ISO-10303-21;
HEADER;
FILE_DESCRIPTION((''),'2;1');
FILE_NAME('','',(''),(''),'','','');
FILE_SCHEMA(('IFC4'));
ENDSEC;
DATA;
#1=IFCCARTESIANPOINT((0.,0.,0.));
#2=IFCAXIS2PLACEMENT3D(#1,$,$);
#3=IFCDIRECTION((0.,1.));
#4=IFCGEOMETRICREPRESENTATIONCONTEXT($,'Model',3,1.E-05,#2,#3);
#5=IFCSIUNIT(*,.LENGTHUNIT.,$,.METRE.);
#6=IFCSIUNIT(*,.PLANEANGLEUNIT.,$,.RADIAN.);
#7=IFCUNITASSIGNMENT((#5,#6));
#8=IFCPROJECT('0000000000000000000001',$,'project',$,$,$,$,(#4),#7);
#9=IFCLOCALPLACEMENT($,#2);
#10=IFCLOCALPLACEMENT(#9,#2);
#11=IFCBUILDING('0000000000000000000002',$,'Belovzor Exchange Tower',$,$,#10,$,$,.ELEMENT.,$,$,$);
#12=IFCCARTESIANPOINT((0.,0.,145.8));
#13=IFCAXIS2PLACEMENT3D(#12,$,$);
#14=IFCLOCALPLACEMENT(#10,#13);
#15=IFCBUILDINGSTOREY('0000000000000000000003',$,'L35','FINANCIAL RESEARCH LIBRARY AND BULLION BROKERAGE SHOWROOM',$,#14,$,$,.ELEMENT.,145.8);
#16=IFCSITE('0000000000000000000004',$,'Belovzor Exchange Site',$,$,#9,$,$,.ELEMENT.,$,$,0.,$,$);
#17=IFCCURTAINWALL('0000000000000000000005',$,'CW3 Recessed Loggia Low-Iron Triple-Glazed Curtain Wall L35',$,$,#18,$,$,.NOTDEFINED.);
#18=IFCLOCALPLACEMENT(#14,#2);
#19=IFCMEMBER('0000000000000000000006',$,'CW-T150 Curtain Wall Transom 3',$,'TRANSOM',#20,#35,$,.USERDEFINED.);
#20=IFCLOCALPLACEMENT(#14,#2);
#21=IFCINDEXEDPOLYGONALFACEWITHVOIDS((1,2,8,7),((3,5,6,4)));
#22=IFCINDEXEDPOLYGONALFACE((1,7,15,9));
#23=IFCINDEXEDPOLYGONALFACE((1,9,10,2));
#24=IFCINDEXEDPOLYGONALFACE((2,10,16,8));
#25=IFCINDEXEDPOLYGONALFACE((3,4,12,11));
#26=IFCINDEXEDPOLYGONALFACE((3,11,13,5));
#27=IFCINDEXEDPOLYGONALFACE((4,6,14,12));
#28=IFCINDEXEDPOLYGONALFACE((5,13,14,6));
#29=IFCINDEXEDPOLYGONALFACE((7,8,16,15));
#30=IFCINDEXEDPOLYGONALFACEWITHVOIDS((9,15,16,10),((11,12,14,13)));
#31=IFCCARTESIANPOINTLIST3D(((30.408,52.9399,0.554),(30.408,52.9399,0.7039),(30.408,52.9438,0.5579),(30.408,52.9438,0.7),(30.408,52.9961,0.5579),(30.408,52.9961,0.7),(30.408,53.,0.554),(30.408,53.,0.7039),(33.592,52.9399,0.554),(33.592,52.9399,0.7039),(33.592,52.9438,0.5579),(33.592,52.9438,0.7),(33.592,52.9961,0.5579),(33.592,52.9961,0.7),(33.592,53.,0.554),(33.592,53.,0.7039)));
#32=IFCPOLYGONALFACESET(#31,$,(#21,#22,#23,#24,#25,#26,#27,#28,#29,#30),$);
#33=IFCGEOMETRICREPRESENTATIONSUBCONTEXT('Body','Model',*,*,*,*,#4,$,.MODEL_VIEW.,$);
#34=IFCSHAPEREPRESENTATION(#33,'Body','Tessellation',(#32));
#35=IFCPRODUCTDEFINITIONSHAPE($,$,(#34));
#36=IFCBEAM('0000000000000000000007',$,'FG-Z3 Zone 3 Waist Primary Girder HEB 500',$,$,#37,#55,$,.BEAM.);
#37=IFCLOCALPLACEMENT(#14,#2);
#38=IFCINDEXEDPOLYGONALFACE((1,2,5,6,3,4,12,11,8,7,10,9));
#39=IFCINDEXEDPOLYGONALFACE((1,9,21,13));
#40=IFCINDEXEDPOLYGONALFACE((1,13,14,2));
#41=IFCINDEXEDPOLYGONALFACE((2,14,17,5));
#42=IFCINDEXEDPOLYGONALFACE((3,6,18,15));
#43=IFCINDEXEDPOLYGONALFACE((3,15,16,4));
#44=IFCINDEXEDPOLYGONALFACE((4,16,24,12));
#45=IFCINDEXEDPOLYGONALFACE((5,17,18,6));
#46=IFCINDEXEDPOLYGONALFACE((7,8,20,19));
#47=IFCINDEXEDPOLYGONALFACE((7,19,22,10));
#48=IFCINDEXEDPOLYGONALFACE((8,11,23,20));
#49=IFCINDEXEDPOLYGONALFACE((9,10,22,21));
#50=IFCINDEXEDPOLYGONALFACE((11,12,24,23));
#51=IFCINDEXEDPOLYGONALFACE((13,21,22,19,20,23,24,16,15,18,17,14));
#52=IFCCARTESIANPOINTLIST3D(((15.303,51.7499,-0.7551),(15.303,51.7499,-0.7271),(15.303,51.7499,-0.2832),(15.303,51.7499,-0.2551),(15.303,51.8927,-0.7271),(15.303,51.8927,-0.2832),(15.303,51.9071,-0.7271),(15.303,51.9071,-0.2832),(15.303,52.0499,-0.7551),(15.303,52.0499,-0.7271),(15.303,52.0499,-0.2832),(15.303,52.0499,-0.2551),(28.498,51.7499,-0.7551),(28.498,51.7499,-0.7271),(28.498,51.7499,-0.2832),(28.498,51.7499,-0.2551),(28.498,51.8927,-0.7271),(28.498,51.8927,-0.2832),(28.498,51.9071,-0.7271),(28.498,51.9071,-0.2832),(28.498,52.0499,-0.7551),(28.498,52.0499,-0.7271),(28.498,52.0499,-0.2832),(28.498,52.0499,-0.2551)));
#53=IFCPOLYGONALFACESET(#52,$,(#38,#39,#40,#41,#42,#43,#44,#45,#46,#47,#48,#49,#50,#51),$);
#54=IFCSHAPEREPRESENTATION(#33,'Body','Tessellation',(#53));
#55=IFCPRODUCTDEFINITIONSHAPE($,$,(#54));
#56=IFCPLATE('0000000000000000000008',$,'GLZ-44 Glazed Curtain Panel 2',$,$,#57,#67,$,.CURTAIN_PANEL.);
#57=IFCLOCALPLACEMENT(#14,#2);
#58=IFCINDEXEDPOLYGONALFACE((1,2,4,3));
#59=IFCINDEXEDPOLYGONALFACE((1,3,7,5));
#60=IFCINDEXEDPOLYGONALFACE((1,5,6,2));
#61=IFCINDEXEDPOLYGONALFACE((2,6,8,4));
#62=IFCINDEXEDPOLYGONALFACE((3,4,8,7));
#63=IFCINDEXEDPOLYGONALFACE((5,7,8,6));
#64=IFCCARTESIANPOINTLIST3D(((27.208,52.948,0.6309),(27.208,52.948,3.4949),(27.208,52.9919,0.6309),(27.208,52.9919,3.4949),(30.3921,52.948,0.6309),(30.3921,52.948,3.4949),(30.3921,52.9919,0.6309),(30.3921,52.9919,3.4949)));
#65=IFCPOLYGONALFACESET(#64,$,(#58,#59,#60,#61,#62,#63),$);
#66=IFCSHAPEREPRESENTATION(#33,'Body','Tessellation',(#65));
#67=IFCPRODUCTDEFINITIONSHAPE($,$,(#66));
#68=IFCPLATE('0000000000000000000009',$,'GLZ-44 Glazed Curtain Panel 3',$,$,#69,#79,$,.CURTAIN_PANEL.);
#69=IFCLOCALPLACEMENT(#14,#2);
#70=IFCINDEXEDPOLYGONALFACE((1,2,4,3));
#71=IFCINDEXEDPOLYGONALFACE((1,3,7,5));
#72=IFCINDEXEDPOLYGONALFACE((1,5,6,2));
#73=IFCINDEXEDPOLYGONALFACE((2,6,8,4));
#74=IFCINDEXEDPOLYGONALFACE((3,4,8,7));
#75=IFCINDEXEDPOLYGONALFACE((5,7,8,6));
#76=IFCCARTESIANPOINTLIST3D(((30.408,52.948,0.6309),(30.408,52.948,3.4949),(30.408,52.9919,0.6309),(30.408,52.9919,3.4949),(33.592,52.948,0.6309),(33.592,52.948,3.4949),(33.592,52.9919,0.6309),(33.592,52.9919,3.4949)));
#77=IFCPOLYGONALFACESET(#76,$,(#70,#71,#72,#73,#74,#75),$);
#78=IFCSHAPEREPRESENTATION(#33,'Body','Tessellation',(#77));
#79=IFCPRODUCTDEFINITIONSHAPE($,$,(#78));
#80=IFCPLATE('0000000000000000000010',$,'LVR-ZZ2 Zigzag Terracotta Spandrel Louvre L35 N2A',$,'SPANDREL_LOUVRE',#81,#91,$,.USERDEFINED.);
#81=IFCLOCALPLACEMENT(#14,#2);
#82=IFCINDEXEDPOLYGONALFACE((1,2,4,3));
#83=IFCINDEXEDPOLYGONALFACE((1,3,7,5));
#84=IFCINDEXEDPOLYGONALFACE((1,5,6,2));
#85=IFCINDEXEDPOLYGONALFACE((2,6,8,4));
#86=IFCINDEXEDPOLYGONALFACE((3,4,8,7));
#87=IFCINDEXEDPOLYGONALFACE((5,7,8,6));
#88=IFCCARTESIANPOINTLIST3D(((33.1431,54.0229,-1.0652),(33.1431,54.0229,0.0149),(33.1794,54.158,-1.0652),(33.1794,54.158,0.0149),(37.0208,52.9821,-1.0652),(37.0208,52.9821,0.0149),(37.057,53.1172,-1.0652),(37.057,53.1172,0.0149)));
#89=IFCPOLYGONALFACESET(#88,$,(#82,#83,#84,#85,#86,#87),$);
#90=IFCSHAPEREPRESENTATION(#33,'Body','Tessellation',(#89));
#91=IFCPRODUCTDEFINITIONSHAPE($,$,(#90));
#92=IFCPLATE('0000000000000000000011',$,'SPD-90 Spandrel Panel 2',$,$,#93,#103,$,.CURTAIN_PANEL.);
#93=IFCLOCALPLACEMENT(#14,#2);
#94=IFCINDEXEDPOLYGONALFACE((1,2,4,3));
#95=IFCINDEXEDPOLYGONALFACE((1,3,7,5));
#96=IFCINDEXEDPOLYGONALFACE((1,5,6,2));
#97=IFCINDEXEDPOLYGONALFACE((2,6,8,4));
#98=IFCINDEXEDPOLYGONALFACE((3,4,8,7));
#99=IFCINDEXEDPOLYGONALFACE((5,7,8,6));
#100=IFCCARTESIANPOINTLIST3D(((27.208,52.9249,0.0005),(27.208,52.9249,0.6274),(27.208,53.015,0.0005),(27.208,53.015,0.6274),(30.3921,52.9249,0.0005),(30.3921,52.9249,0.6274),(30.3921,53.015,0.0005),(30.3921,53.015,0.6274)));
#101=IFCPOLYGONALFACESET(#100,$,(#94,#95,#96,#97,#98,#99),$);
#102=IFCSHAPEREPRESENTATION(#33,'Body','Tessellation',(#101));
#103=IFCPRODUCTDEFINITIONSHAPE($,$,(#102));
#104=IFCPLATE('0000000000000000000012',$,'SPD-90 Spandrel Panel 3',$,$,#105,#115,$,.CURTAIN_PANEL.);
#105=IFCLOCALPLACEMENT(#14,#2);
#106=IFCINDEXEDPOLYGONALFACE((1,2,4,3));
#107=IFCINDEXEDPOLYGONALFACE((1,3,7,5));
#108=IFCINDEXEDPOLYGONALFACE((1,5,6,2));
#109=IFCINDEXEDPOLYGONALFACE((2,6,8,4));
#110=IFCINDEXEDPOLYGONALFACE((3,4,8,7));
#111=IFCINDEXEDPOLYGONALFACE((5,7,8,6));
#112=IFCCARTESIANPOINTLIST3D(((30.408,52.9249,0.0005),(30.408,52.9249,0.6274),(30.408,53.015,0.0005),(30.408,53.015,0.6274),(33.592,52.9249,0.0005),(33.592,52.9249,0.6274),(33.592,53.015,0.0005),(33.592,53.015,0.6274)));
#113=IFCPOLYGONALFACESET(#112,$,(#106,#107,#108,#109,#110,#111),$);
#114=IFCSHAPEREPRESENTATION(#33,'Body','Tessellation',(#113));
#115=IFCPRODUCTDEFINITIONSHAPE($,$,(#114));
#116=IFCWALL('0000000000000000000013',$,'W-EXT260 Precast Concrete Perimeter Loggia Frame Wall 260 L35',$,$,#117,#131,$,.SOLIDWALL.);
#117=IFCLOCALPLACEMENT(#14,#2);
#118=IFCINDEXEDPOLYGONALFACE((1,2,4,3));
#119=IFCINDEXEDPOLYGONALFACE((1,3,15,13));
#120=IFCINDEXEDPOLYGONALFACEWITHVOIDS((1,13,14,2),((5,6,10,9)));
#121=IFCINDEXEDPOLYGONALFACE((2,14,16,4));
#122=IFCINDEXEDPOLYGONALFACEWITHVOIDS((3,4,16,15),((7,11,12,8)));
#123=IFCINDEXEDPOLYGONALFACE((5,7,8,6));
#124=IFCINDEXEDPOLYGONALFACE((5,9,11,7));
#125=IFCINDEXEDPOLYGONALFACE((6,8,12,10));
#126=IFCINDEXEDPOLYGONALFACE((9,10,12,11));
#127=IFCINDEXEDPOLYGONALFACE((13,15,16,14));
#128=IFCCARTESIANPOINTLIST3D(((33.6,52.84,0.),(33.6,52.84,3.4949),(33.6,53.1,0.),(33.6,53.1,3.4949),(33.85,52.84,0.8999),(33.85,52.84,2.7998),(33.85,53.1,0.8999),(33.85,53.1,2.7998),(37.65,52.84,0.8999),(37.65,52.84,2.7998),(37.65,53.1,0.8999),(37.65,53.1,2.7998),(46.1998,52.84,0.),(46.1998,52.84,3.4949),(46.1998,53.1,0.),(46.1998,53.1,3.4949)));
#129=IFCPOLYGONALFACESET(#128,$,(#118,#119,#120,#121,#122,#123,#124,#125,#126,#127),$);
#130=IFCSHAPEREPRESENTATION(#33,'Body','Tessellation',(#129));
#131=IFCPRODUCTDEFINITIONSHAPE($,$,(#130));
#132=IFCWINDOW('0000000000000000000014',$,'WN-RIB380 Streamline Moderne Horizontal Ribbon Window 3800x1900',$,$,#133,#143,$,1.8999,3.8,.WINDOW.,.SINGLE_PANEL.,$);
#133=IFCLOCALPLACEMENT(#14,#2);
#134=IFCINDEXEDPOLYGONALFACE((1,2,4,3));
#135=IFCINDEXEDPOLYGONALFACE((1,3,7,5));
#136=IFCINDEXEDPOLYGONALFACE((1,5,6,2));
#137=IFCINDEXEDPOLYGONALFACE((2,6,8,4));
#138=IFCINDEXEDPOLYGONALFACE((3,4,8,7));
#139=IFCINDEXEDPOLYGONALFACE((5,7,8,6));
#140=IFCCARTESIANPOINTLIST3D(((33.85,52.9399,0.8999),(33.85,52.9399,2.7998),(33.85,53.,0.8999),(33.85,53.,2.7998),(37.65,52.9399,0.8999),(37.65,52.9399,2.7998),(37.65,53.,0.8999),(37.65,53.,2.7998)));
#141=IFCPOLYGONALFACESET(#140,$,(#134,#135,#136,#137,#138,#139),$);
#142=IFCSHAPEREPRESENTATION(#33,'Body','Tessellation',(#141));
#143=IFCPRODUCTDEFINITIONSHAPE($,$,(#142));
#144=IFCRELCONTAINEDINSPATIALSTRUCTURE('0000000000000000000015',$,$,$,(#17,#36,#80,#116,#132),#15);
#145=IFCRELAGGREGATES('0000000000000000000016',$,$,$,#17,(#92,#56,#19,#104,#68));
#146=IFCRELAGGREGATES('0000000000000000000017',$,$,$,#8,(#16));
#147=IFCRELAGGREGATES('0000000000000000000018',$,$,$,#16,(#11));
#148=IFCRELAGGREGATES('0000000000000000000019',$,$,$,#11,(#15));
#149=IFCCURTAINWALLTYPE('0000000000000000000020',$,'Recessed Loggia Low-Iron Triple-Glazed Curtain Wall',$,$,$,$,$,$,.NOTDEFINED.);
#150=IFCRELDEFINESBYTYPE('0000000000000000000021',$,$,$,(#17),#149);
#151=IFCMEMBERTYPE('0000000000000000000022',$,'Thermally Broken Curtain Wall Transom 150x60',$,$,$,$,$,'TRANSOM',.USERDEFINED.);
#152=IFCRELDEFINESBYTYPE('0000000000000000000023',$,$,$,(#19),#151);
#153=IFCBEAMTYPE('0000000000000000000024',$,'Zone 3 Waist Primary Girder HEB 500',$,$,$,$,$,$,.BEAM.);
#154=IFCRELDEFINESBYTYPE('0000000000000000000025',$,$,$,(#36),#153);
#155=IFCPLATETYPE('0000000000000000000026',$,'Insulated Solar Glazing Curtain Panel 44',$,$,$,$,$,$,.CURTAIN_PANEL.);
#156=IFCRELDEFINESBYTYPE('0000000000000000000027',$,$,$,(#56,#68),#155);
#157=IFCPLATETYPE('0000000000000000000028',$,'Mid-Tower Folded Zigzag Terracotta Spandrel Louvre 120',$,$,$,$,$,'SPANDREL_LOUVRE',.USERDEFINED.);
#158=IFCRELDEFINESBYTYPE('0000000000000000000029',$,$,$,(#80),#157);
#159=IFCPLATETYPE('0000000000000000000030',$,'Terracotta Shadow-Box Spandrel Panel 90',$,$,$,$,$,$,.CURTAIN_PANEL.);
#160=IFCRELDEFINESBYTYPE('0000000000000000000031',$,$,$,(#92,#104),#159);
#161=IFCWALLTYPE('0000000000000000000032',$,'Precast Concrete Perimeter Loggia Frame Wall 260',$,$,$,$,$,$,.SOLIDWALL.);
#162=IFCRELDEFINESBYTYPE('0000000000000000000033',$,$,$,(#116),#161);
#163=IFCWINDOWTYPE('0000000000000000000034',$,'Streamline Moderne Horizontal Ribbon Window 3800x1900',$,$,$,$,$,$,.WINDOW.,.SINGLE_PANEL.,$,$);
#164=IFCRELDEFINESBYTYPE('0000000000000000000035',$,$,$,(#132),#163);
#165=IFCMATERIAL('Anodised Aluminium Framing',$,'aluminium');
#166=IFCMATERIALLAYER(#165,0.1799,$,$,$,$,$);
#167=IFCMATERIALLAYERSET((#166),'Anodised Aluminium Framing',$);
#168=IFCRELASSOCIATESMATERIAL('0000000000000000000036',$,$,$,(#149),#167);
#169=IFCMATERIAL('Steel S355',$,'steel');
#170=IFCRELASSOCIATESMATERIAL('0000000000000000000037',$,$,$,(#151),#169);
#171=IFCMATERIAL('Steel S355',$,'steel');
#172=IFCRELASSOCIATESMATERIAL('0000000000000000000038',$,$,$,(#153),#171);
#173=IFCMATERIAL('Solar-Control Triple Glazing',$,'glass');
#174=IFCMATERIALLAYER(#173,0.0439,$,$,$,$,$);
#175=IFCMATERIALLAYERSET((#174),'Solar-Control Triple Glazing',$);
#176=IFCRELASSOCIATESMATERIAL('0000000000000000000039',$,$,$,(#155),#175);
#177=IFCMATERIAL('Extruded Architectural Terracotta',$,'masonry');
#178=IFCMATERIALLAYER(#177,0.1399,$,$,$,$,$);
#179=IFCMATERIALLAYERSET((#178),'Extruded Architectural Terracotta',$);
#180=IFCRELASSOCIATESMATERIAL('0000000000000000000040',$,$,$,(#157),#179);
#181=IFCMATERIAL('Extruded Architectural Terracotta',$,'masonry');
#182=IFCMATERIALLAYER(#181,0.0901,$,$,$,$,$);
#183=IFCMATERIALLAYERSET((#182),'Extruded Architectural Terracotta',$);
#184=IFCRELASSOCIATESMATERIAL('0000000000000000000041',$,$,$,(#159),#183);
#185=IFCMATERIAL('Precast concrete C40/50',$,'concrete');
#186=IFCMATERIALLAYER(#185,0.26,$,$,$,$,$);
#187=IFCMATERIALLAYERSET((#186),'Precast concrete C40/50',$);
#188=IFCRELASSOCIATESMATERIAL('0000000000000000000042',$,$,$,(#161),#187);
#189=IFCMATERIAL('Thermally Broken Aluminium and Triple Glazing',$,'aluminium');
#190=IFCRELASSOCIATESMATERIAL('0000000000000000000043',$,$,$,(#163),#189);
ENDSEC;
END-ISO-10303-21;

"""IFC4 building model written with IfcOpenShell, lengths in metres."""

from ifc_helpers import new_model, si_unit, direction, frame, frame_2d, origin, origin_2d, place, context, subcontext, project, spatial, rectangle, hollow_rectangle, i_section, extrude, material, layer, layer_set, material_profile, profile_set, type_object, element, fill, aggregate, save


model = new_model("IFC4")

# Units and contexts
model_context = context("Model", 3, precision=1e-05, world=origin(), true_north=direction((0.0, 1.0)))
body_context = subcontext(model_context, "Body", "Model", "MODEL_VIEW")
ifc_project = project(units=[si_unit("LENGTHUNIT", "METRE"), si_unit("PLANEANGLEUNIT", "RADIAN")], contexts=[model_context])

# Site, building, storey
site_placement = place(None, origin())
site = spatial("IfcSite", under=ifc_project, at=site_placement, Name="Belovzor Exchange Site", CompositionType="ELEMENT", RefElevation=0.0)
building_placement = place(site_placement, origin())
building = spatial("IfcBuilding", under=site, at=building_placement, Name="Belovzor Exchange Tower", CompositionType="ELEMENT")
storey_placement = place(building_placement, frame((0.0, 0.0, 145.8)))
storey = spatial("IfcBuildingStorey", under=building, at=storey_placement, Name="L35", Description="FINANCIAL RESEARCH LIBRARY AND BULLION BROKERAGE SHOWROOM", CompositionType="ELEMENT", Elevation=145.8)

# Curtain wall, member
ifc_material_1 = material(Name="Anodised Aluminium Framing", Category="aluminium")
ifc_layer_1 = layer(ifc_material_1, 0.1799)
ifc_layer_set_1 = layer_set([ifc_layer_1], Name="Anodised Aluminium Framing")
curtain_wall_type = type_object("IfcCurtainWallType", Name="Recessed Loggia Low-Iron Triple-Glazed Curtain Wall", PredefinedType="NOTDEFINED", material=ifc_layer_set_1)
curtain_wall_placement = place(storey_placement, origin())
curtain_wall = element("IfcCurtainWall", 1, at=curtain_wall_placement, inside=storey, type_object=curtain_wall_type, Name="CW3 Recessed Loggia Low-Iron Triple-Glazed Curtain Wall L35", PredefinedType="NOTDEFINED")
ifc_material_2 = material(Name="Steel S355", Category="steel")
ifc_material_profile_1 = material_profile(ifc_material_2, hollow_rectangle(XDim=0.0601, YDim=0.1499, WallThickness=0.0039, at=origin_2d()))
ifc_profile_set_1 = profile_set([ifc_material_profile_1], Name="Steel S355")
member_type_1 = type_object("IfcMemberType", Name="Thermally Broken Curtain Wall Transom 150x60", ElementType="TRANSOM", PredefinedType="USERDEFINED", material=ifc_profile_set_1)
member_1_placement = place(storey_placement, frame((30.408, 52.97, 0.6289), z_axis=(1.0, 0.0, 0.0), x_axis=(0.0, 1.0, 0.0)))
member_1 = element("IfcMember", 2, at=member_1_placement, type_object=member_type_1, Name="CW-T150 Curtain Wall Transom 3", ObjectType="TRANSOM", PredefinedType="USERDEFINED", context=body_context, shape_type="SweptSolid", body=[
    extrude(hollow_rectangle(XDim=0.0601, YDim=0.1499, WallThickness=0.0039, at=origin_2d()), origin(), (0.0, 0.0, 1.0), 3.1841),
])

# Beam
ifc_material_3 = material(Name="Steel S355", Category="steel")
ifc_material_profile_2 = material_profile(ifc_material_3, i_section(OverallWidth=0.3, OverallDepth=0.5, WebThickness=0.0144, FlangeThickness=0.0281, at=origin_2d()))
ifc_profile_set_2 = profile_set([ifc_material_profile_2], Name="Steel S355")
beam_type_1 = type_object("IfcBeamType", Name="Zone 3 Waist Primary Girder HEB 500", PredefinedType="BEAM", material=ifc_profile_set_2)
beam_1_placement = place(storey_placement, frame((28.498, 51.8999, -0.5051), z_axis=(-1.0, 0.0, 0.0), x_axis=(0.0, -1.0, 0.0)))
element("IfcBeam", 3, at=beam_1_placement, inside=storey, type_object=beam_type_1, Name="FG-Z3 Zone 3 Waist Primary Girder HEB 500", PredefinedType="BEAM", context=body_context, shape_type="SweptSolid", body=[
    extrude(i_section(OverallWidth=0.3, OverallDepth=0.5, WebThickness=0.0144, FlangeThickness=0.0281, at=origin_2d()), origin(), (0.0, 0.0, 1.0), 13.1951),
])

# Plates
ifc_material_4 = material(Name="Solar-Control Triple Glazing", Category="glass")
ifc_layer_2 = layer(ifc_material_4, 0.0439)
ifc_layer_set_2 = layer_set([ifc_layer_2], Name="Solar-Control Triple Glazing")
plate_type_1 = type_object("IfcPlateType", Name="Insulated Solar Glazing Curtain Panel 44", PredefinedType="CURTAIN_PANEL", material=ifc_layer_set_2)
plate_1_placement = place(storey_placement, frame((28.8, 52.97, 0.6309), z_axis=(0.0, 0.0, 1.0), x_axis=(1.0, 0.0, 0.0)))
plate_1 = element("IfcPlate", 4, at=plate_1_placement, type_object=plate_type_1, Name="GLZ-44 Glazed Curtain Panel 2", PredefinedType="CURTAIN_PANEL", context=body_context, shape_type="SweptSolid", body=[
    extrude(rectangle(XDim=3.1841, YDim=0.0439, at=origin_2d()), origin(), (0.0, 0.0, 1.0), 2.864),
])
plate_2_placement = place(storey_placement, frame((32.0, 52.97, 0.6309), z_axis=(0.0, 0.0, 1.0), x_axis=(1.0, 0.0, 0.0)))
plate_2 = element("IfcPlate", 5, at=plate_2_placement, type_object=plate_type_1, Name="GLZ-44 Glazed Curtain Panel 3", PredefinedType="CURTAIN_PANEL", context=body_context, shape_type="SweptSolid", body=[
    extrude(rectangle(XDim=3.1841, YDim=0.0439, at=origin_2d()), origin(), (0.0, 0.0, 1.0), 2.864),
])
ifc_material_5 = material(Name="Extruded Architectural Terracotta", Category="masonry")
ifc_layer_3 = layer(ifc_material_5, 0.1399)
ifc_layer_set_3 = layer_set([ifc_layer_3], Name="Extruded Architectural Terracotta")
plate_type_2 = type_object("IfcPlateType", Name="Mid-Tower Folded Zigzag Terracotta Spandrel Louvre 120", ElementType="SPANDREL_LOUVRE", PredefinedType="USERDEFINED", material=ifc_layer_set_3)
plate_3_placement = place(storey_placement, frame((35.1001, 53.5701, -1.0652), z_axis=(0.0, 0.0, 1.0), x_axis=(0.965813, -0.25924, 0.0)))
element("IfcPlate", 6, at=plate_3_placement, inside=storey, type_object=plate_type_2, Name="LVR-ZZ2 Zigzag Terracotta Spandrel Louvre L35 N2A", ObjectType="SPANDREL_LOUVRE", PredefinedType="USERDEFINED", context=body_context, shape_type="SweptSolid", body=[
    extrude(rectangle(XDim=4.0149, YDim=0.1399, at=origin_2d()), origin(), (0.0, 0.0, 1.0), 1.0801),
])
ifc_material_6 = material(Name="Extruded Architectural Terracotta", Category="masonry")
ifc_layer_4 = layer(ifc_material_6, 0.0901)
ifc_layer_set_4 = layer_set([ifc_layer_4], Name="Extruded Architectural Terracotta")
plate_type_3 = type_object("IfcPlateType", Name="Terracotta Shadow-Box Spandrel Panel 90", PredefinedType="CURTAIN_PANEL", material=ifc_layer_set_4)
plate_4_placement = place(storey_placement, frame((28.8, 52.97, 0.0005), z_axis=(0.0, 0.0, 1.0), x_axis=(1.0, 0.0, 0.0)))
plate_4 = element("IfcPlate", 7, at=plate_4_placement, type_object=plate_type_3, Name="SPD-90 Spandrel Panel 2", PredefinedType="CURTAIN_PANEL", context=body_context, shape_type="SweptSolid", body=[
    extrude(rectangle(XDim=3.1841, YDim=0.0901, at=origin_2d()), origin(), (0.0, 0.0, 1.0), 0.627),
])
plate_5_placement = place(storey_placement, frame((32.0, 52.97, 0.0005), z_axis=(0.0, 0.0, 1.0), x_axis=(1.0, 0.0, 0.0)))
plate_5 = element("IfcPlate", 8, at=plate_5_placement, type_object=plate_type_3, Name="SPD-90 Spandrel Panel 3", PredefinedType="CURTAIN_PANEL", context=body_context, shape_type="SweptSolid", body=[
    extrude(rectangle(XDim=3.1841, YDim=0.0901, at=origin_2d()), origin(), (0.0, 0.0, 1.0), 0.627),
])
aggregate(curtain_wall, [plate_4, plate_1, member_1, plate_5, plate_2])

# Wall, opening, window
ifc_material_7 = material(Name="Precast concrete C40/50", Category="concrete")
ifc_layer_5 = layer(ifc_material_7, 0.26)
ifc_layer_set_5 = layer_set([ifc_layer_5], Name="Precast concrete C40/50")
wall_type = type_object("IfcWallType", Name="Precast Concrete Perimeter Loggia Frame Wall 260", PredefinedType="SOLIDWALL", material=ifc_layer_set_5)
wall_placement = place(storey_placement, frame((33.6001, 52.97, 0.0), z_axis=(0.0, 0.0, 1.0), x_axis=(1.0, 0.0, 0.0)))
wall = element("IfcWall", 9, at=wall_placement, inside=storey, type_object=wall_type, Name="W-EXT260 Precast Concrete Perimeter Loggia Frame Wall 260 L35", PredefinedType="SOLIDWALL", context=body_context, shape_type="SweptSolid", body=[
    extrude(rectangle(XDim=12.5999, YDim=0.26, at=frame_2d((6.2998, 0.0))), origin(), (0.0, 0.0, 1.0), 3.4949),
])
opening_placement = place(wall_placement, frame((0.25, 0.0, 0.8999)))
opening = element("IfcOpeningElement", 10, at=opening_placement, cuts=wall, PredefinedType="OPENING", context=body_context, shape_type="SweptSolid", body=[
    extrude(rectangle(XDim=3.8, YDim=1.8999, at=frame_2d((1.8999, 0.95))), frame((0.0, 0.1399, 0.0), z_axis=(0.0, -1.0, 0.0), x_axis=(1.0, 0.0, 0.0)), (0.0, 0.0, 1.0), 0.28),
])
ifc_material_8 = material(Name="Thermally Broken Aluminium and Triple Glazing", Category="aluminium")
window_type = type_object("IfcWindowType", Name="Streamline Moderne Horizontal Ribbon Window 3800x1900", PartitioningType="SINGLE_PANEL", PredefinedType="WINDOW", material=ifc_material_8)
window_placement = place(opening_placement, origin())
window = element("IfcWindow", 11, at=window_placement, inside=storey, type_object=window_type, Name="WN-RIB380 Streamline Moderne Horizontal Ribbon Window 3800x1900", OverallHeight=1.8999, OverallWidth=3.8, PartitioningType="SINGLE_PANEL", PredefinedType="WINDOW", context=body_context, shape_type="SweptSolid", body=[
    extrude(rectangle(XDim=3.8, YDim=1.8999, at=frame_2d((1.8999, 0.95))), frame((0.0, 0.03, 0.0), z_axis=(0.0, -1.0, 0.0), x_axis=(1.0, 0.0, 0.0)), (0.0, 0.0, 1.0), 0.0601),
])
fill(opening, window)

save(model, "model.ifc")
